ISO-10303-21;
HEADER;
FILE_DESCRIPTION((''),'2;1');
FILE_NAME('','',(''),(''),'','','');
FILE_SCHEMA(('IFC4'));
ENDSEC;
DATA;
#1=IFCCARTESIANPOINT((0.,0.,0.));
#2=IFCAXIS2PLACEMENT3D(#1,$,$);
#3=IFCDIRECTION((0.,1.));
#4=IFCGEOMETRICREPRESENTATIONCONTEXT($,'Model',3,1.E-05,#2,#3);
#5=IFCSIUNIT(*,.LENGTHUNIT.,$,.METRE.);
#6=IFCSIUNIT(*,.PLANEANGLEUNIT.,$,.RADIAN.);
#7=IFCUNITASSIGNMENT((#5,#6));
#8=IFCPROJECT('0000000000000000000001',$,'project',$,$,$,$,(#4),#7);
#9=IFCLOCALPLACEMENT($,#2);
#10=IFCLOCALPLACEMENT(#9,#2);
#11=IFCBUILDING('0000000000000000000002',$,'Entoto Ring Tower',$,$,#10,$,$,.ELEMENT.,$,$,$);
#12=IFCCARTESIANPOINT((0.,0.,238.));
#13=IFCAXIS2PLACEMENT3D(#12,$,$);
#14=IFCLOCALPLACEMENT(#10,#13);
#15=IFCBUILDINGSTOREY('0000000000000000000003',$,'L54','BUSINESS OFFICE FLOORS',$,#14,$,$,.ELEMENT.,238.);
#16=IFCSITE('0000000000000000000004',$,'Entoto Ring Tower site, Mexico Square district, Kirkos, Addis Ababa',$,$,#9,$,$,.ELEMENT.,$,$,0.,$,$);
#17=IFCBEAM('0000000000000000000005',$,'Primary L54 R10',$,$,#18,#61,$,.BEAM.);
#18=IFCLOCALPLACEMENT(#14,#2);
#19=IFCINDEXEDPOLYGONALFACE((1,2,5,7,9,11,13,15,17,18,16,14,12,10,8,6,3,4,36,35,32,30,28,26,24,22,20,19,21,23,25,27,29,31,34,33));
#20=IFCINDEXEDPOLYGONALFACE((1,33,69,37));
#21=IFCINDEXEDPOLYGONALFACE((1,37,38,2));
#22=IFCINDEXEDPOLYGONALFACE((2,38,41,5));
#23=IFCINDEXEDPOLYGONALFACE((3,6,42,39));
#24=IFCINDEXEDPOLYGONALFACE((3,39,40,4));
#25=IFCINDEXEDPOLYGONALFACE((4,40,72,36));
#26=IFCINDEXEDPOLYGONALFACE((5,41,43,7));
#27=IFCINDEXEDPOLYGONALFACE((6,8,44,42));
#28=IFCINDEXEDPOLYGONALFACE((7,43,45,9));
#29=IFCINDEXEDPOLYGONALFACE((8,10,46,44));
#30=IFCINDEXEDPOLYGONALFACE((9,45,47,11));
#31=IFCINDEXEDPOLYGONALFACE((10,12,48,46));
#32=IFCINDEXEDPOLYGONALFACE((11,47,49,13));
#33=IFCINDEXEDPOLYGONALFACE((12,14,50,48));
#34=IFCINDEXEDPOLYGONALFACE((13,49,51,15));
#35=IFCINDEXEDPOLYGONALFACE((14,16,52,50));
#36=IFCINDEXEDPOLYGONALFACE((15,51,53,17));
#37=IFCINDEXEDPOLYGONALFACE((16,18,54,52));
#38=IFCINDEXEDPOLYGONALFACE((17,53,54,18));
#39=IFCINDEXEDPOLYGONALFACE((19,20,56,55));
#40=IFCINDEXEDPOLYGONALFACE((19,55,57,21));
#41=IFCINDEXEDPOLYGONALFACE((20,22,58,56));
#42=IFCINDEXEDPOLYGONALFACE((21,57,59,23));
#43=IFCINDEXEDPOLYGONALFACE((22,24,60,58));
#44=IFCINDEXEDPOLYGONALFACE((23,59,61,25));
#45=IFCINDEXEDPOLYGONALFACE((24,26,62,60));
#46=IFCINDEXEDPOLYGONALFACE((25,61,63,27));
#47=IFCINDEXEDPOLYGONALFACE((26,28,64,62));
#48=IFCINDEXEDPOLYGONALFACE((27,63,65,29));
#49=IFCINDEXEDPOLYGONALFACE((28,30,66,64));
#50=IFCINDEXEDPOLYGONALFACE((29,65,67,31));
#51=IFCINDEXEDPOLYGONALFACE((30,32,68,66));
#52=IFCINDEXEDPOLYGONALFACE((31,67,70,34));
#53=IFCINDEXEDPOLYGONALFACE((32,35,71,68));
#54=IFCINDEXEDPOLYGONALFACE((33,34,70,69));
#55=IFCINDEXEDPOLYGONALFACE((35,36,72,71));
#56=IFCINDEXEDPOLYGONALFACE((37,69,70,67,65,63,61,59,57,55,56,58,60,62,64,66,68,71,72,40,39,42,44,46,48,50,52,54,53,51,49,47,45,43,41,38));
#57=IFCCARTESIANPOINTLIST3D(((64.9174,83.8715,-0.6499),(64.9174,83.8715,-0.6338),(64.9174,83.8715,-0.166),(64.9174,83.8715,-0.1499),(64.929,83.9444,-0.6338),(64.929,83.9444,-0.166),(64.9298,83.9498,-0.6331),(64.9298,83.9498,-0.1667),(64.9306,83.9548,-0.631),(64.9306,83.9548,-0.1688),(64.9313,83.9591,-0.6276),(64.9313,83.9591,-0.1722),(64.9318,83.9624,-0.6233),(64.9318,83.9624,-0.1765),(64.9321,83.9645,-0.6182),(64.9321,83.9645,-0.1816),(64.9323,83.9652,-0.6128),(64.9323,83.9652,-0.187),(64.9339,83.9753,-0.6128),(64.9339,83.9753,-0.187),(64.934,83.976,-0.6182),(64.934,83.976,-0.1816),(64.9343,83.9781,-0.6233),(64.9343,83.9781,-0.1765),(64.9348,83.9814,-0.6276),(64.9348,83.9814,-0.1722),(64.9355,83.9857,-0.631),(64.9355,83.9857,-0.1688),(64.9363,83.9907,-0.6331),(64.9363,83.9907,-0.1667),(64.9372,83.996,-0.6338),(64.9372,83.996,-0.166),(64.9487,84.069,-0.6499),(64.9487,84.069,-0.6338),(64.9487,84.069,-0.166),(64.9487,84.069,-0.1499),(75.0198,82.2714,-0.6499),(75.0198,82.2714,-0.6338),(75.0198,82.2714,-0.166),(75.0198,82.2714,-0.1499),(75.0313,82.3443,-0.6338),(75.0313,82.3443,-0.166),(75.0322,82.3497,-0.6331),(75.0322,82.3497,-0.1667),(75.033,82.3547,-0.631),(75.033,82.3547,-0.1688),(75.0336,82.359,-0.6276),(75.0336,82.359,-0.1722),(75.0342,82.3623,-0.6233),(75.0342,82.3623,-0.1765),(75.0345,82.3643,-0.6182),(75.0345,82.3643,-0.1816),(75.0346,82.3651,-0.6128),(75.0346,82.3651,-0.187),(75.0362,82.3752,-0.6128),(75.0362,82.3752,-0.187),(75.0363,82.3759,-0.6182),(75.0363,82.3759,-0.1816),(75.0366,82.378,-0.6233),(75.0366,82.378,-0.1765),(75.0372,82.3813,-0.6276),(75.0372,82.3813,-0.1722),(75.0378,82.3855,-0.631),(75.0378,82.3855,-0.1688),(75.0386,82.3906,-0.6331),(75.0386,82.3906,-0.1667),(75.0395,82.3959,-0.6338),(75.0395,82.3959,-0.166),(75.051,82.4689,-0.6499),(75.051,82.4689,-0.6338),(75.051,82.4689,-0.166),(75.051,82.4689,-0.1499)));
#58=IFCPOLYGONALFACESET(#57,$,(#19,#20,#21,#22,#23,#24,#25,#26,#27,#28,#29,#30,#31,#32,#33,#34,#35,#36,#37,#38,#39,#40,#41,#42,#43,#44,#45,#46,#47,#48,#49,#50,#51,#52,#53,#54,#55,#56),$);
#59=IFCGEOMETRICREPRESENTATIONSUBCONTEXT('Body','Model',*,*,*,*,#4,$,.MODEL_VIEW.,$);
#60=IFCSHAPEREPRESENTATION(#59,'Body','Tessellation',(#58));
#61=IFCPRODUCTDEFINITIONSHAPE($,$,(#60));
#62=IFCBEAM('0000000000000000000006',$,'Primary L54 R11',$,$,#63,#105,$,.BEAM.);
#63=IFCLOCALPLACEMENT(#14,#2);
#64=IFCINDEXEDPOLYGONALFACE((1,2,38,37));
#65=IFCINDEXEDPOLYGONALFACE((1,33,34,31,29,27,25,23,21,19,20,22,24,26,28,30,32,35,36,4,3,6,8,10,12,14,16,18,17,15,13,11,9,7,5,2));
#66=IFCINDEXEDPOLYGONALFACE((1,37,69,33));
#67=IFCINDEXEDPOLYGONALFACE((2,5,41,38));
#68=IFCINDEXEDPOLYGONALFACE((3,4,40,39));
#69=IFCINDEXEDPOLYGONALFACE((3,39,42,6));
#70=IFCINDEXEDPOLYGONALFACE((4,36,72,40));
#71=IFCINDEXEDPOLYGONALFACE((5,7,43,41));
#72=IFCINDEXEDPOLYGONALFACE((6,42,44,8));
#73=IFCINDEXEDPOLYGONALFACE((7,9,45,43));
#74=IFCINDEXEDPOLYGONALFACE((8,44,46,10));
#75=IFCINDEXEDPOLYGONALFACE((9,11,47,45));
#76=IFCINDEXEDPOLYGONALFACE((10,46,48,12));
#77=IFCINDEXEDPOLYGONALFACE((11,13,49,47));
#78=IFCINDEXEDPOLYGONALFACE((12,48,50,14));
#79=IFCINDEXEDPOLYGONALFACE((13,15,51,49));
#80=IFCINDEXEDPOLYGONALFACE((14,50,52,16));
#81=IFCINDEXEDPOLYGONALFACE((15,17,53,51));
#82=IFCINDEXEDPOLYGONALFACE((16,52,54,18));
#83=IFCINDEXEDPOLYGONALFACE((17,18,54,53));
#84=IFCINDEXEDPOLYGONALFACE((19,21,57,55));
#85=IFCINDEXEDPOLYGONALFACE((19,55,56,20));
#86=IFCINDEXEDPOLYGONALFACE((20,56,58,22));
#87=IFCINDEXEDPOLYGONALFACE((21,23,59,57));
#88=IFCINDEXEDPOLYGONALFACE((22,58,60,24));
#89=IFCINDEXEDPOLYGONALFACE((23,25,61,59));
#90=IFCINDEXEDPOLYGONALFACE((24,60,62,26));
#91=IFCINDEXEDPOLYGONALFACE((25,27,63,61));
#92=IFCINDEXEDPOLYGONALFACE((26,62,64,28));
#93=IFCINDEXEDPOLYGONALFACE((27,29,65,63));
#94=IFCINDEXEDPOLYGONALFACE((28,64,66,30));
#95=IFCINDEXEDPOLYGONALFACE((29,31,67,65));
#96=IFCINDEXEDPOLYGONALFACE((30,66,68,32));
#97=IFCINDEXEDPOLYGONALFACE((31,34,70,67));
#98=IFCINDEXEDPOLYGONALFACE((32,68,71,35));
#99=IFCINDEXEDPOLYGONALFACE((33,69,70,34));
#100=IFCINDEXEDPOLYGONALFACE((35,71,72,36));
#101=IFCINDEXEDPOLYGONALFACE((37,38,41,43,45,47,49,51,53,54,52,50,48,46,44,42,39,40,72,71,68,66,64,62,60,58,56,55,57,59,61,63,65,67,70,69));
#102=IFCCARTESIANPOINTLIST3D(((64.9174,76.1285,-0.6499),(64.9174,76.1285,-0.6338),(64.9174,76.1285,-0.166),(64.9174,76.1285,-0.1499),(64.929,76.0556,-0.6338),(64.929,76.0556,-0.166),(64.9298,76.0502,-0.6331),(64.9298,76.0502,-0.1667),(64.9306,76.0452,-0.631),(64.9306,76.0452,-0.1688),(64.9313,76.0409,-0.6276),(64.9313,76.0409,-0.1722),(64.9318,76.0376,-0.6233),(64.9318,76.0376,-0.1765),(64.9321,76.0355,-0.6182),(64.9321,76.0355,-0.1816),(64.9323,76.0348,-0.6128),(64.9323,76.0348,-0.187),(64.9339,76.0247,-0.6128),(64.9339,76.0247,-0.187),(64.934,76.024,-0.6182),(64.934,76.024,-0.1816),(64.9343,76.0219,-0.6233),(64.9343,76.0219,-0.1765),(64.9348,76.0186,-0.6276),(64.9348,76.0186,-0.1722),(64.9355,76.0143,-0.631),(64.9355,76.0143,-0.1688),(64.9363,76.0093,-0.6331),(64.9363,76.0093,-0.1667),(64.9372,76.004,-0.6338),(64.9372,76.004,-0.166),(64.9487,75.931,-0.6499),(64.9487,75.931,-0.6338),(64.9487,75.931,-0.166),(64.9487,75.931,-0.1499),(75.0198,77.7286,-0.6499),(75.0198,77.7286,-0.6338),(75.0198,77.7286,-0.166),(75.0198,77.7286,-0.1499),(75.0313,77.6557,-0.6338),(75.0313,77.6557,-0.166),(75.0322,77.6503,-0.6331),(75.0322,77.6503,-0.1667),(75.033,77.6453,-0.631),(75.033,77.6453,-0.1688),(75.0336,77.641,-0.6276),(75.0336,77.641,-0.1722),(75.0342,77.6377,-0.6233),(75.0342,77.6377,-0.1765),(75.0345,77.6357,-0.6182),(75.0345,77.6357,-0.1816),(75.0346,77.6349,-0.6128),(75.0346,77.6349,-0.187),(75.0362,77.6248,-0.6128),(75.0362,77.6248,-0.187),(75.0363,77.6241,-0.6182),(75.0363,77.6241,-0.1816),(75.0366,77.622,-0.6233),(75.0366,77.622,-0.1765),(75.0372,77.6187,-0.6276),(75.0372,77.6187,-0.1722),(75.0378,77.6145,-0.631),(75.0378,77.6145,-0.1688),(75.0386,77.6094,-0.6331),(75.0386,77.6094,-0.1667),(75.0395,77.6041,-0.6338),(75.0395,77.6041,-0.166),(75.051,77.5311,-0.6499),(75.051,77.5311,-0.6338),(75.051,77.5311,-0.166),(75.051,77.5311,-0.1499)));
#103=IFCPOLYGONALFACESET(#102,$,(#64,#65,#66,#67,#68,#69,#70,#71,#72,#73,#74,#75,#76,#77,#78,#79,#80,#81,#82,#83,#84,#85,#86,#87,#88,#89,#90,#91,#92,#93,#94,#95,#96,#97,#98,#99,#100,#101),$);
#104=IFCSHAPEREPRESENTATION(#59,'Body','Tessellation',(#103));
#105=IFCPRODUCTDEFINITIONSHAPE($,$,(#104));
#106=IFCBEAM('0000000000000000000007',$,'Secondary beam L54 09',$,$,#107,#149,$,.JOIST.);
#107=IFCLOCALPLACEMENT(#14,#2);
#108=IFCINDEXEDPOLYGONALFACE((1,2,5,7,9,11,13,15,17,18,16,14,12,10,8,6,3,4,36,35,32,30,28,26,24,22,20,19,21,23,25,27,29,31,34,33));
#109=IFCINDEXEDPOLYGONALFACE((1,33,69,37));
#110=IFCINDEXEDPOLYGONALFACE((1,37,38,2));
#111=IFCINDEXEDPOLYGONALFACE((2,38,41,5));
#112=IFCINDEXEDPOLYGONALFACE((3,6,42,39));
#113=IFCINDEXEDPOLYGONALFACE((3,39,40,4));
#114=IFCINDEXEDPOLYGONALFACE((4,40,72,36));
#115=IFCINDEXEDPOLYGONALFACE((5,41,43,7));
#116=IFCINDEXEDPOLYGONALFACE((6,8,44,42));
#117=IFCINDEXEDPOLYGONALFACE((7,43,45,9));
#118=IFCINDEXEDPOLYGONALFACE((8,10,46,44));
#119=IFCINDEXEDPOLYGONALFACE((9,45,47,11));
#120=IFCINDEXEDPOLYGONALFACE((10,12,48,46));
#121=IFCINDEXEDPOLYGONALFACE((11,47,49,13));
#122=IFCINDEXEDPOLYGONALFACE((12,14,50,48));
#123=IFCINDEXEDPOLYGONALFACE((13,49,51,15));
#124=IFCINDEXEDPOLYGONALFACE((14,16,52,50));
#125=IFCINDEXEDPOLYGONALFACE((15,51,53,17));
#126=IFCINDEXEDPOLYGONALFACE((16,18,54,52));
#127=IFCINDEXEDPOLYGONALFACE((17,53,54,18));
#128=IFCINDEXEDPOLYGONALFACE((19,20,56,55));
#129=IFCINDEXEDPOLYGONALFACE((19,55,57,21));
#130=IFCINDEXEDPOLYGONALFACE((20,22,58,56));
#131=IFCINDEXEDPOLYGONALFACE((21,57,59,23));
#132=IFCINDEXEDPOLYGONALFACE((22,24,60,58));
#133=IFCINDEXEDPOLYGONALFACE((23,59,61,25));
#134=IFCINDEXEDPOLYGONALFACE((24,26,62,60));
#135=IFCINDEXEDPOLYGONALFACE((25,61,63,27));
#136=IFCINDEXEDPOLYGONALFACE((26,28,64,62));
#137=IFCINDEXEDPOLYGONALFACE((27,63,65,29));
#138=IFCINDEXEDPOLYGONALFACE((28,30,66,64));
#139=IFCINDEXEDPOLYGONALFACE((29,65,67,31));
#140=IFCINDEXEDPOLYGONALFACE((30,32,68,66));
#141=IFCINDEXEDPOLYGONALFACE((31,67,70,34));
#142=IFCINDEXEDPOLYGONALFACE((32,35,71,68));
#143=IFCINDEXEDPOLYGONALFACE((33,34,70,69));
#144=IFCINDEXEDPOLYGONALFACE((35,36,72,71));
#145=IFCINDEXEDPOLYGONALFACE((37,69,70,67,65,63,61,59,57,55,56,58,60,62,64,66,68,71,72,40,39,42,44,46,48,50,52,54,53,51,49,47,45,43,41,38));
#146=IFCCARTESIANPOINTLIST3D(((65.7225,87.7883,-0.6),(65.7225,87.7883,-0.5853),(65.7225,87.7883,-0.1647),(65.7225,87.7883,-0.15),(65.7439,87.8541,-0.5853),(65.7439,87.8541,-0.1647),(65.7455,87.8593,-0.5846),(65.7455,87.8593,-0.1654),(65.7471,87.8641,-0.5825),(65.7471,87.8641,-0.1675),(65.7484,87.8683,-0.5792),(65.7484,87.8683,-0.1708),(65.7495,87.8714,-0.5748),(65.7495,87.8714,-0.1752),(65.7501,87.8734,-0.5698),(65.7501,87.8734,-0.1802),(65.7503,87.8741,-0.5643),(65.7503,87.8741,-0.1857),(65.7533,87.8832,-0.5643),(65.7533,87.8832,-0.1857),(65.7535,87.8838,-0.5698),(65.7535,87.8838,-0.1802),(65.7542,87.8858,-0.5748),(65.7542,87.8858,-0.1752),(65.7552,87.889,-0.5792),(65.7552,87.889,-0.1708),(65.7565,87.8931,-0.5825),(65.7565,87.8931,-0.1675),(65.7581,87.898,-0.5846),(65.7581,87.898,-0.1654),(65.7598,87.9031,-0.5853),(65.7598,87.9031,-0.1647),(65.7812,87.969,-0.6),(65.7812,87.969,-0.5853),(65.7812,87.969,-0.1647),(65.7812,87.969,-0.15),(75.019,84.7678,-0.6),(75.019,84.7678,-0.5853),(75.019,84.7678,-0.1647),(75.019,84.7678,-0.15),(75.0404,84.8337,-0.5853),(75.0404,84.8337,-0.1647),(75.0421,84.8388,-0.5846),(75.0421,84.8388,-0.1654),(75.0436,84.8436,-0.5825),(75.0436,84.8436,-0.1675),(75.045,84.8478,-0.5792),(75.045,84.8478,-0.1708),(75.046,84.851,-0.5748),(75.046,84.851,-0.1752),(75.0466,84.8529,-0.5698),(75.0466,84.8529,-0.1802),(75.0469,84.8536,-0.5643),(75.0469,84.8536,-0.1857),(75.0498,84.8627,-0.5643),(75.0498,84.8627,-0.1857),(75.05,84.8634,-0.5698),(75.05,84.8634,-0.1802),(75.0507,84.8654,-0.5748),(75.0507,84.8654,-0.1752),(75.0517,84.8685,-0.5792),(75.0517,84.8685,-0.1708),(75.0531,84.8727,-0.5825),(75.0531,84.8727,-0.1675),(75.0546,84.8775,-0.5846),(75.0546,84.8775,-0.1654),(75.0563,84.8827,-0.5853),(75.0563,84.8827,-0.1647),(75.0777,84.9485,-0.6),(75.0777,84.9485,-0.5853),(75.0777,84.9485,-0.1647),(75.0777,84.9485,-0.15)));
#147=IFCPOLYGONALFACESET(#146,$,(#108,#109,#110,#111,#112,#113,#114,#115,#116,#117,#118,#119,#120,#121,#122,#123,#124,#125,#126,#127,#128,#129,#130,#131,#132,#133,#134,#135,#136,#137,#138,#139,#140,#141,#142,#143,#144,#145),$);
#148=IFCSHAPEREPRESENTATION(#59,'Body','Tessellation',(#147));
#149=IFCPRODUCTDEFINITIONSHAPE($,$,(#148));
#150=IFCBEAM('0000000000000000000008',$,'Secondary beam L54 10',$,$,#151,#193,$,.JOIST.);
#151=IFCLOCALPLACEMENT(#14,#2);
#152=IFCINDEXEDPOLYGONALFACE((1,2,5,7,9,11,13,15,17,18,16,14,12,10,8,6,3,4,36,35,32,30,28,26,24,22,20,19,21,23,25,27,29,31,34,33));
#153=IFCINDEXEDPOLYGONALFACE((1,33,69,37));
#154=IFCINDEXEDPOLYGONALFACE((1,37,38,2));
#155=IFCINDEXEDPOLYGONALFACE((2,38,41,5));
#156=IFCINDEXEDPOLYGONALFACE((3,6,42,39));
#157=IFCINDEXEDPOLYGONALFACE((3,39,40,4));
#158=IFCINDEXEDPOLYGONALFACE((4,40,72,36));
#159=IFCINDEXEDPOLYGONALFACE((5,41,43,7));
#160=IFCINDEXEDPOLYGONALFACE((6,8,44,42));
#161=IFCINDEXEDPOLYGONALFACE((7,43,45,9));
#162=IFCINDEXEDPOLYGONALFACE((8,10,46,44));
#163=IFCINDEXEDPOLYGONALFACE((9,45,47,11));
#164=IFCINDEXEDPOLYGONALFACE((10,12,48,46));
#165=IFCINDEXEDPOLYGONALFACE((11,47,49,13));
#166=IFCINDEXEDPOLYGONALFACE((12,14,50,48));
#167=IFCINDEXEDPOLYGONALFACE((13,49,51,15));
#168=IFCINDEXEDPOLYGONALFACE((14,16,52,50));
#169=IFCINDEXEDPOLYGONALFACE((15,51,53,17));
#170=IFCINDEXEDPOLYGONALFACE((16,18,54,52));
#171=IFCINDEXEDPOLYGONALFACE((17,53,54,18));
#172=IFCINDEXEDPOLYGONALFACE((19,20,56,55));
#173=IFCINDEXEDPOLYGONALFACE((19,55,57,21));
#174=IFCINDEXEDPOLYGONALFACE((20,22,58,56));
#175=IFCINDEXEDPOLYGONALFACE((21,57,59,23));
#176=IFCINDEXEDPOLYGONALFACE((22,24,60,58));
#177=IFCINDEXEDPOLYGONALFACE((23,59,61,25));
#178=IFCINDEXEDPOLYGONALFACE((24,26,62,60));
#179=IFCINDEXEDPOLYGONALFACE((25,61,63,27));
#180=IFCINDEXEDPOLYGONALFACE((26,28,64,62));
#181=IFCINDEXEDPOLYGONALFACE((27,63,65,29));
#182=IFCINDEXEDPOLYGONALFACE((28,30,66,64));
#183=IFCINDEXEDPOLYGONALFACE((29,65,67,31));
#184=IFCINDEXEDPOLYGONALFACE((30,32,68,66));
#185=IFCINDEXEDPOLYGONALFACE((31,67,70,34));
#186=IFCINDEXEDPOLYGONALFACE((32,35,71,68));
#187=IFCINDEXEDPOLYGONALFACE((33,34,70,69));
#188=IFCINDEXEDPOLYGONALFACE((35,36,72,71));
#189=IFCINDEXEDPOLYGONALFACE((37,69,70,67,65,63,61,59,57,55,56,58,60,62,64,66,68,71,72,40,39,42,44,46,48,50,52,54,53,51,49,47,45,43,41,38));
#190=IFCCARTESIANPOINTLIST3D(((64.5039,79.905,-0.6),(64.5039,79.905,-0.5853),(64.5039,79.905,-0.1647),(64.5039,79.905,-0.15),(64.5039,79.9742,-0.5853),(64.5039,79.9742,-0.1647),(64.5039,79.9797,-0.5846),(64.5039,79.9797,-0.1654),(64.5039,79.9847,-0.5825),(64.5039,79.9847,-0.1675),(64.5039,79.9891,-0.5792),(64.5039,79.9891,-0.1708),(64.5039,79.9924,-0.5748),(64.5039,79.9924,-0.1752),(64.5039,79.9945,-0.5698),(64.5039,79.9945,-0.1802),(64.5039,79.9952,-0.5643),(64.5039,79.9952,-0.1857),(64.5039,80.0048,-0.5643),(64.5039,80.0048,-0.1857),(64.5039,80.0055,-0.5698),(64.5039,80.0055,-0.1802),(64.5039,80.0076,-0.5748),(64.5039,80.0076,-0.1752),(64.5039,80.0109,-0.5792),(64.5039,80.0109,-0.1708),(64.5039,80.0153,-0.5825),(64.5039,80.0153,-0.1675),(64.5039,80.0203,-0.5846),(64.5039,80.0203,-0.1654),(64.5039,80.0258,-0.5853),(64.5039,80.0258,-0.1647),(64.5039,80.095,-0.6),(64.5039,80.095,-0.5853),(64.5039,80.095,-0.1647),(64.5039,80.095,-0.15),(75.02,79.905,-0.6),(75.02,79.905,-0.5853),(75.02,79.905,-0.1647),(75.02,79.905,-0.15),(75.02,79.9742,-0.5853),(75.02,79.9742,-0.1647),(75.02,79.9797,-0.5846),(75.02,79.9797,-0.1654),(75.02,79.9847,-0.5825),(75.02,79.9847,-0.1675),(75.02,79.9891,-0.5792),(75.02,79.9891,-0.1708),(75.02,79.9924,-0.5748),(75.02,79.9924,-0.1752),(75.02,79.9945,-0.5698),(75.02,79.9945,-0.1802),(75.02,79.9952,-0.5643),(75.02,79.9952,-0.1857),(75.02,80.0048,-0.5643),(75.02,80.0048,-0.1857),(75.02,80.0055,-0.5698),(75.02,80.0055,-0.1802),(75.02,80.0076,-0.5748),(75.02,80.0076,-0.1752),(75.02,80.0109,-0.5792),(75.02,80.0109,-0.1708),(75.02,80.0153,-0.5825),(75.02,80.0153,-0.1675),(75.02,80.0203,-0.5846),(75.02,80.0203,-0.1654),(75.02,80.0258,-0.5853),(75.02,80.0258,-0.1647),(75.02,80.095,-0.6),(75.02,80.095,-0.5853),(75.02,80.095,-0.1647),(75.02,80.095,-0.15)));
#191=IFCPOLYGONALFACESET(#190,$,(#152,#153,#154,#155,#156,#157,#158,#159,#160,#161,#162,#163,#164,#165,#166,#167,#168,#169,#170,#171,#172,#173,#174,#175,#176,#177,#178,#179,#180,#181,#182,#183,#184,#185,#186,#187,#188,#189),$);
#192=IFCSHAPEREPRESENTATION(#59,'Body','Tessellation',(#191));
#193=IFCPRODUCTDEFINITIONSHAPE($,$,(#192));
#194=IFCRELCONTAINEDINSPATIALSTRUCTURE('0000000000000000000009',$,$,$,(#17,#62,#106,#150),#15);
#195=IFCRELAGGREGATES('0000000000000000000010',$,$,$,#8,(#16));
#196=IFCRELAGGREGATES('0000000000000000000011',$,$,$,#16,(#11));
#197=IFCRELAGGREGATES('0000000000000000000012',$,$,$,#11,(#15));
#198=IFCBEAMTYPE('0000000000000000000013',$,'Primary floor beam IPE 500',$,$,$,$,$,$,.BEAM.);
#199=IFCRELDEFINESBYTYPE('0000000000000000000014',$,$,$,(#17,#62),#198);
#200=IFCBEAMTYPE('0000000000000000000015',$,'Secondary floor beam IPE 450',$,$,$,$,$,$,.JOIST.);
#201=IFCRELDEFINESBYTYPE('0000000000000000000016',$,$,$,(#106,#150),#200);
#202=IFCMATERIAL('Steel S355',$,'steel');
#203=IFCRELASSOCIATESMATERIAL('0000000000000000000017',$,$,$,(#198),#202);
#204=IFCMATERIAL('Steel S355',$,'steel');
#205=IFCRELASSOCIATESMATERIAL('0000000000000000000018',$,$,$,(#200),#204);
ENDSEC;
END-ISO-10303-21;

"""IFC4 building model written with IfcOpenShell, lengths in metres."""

from ifc_helpers import new_model, si_unit, direction, frame, origin, origin_2d, place, context, subcontext, project, spatial, i_section, extrude, material, material_profile, profile_set, type_object, element, save


model = new_model("IFC4")

# Units and contexts
model_context = context("Model", 3, precision=1e-05, world=origin(), true_north=direction((0.0, 1.0)))
body_context = subcontext(model_context, "Body", "Model", "MODEL_VIEW")
ifc_project = project(units=[si_unit("LENGTHUNIT", "METRE"), si_unit("PLANEANGLEUNIT", "RADIAN")], contexts=[model_context])

# Site, building, storey
site_placement = place(None, origin())
site = spatial("IfcSite", under=ifc_project, at=site_placement, Name="Entoto Ring Tower site, Mexico Square district, Kirkos, Addis Ababa", CompositionType="ELEMENT", RefElevation=0.0)
building_placement = place(site_placement, origin())
building = spatial("IfcBuilding", under=site, at=building_placement, Name="Entoto Ring Tower", CompositionType="ELEMENT")
storey_placement = place(building_placement, frame((0.0, 0.0, 238.0)))
storey = spatial("IfcBuildingStorey", under=building, at=storey_placement, Name="L54", Description="BUSINESS OFFICE FLOORS", CompositionType="ELEMENT", Elevation=238.0)

# Beams
ifc_material_1 = material(Name="Steel S355", Category="steel")
ifc_material_profile_1 = material_profile(ifc_material_1, i_section(OverallWidth=0.2, OverallDepth=0.5, WebThickness=0.0103, FlangeThickness=0.0161, FilletRadius=0.021, at=origin_2d()), Name="IPE 500")
ifc_profile_set_1 = profile_set([ifc_material_profile_1], Name="Steel S355")
beam_type_1 = type_object("IfcBeamType", Name="Primary floor beam IPE 500", PredefinedType="BEAM", material=ifc_profile_set_1)
for number, where, z_axis, x_axis, name in (
    (1, (75.0354, 82.3701, -0.3999), (-0.987688, 0.156439, 0.0), (-0.156439, -0.987688, 0.0), "Primary L54 R10"),
    (2, (75.0354, 77.6299, -0.3999), (-0.987688, -0.156439, 0.0), (0.156439, -0.987688, 0.0), "Primary L54 R11"),
):
    element("IfcBeam", number, at=place(storey_placement, frame(where, z_axis=z_axis, x_axis=x_axis)), inside=storey, type_object=beam_type_1, Name=name, PredefinedType="BEAM", context=body_context, shape_type="SweptSolid", body=[
        extrude(i_section(OverallWidth=0.2, OverallDepth=0.5, WebThickness=0.0103, FlangeThickness=0.0161, FilletRadius=0.021, at=origin_2d()), origin(), (0.0, 0.0, 1.0), 10.2283),
    ])
ifc_material_2 = material(Name="Steel S355", Category="steel")
ifc_material_profile_2 = material_profile(ifc_material_2, i_section(OverallWidth=0.1899, OverallDepth=0.45, WebThickness=0.0095, FlangeThickness=0.0146, FilletRadius=0.021, at=origin_2d()), Name="IPE 450")
ifc_profile_set_2 = profile_set([ifc_material_profile_2], Name="Steel S355")
beam_type_2 = type_object("IfcBeamType", Name="Secondary floor beam IPE 450", PredefinedType="JOIST", material=ifc_profile_set_2)
beam_1_placement = place(storey_placement, frame((75.0483, 84.8582, -0.375), z_axis=(-0.951061, 0.309003, 0.0), x_axis=(-0.309003, -0.951061, 0.0)))
element("IfcBeam", 3, at=beam_1_placement, inside=storey, type_object=beam_type_2, Name="Secondary beam L54 09", PredefinedType="JOIST", context=body_context, shape_type="SweptSolid", body=[
    extrude(i_section(OverallWidth=0.1899, OverallDepth=0.45, WebThickness=0.0095, FlangeThickness=0.0146, FilletRadius=0.021, at=origin_2d()), origin(), (0.0, 0.0, 1.0), 9.7749),
])
beam_2_placement = place(storey_placement, frame((75.02, 80.0, -0.375), z_axis=(-1.0, 0.0, 0.0), x_axis=(0.0, -1.0, 0.0)))
element("IfcBeam", 4, at=beam_2_placement, inside=storey, type_object=beam_type_2, Name="Secondary beam L54 10", PredefinedType="JOIST", context=body_context, shape_type="SweptSolid", body=[
    extrude(i_section(OverallWidth=0.1899, OverallDepth=0.45, WebThickness=0.0095, FlangeThickness=0.0146, FilletRadius=0.021, at=origin_2d()), origin(), (0.0, 0.0, 1.0), 10.5161),
])

save(model, "model.ifc")
